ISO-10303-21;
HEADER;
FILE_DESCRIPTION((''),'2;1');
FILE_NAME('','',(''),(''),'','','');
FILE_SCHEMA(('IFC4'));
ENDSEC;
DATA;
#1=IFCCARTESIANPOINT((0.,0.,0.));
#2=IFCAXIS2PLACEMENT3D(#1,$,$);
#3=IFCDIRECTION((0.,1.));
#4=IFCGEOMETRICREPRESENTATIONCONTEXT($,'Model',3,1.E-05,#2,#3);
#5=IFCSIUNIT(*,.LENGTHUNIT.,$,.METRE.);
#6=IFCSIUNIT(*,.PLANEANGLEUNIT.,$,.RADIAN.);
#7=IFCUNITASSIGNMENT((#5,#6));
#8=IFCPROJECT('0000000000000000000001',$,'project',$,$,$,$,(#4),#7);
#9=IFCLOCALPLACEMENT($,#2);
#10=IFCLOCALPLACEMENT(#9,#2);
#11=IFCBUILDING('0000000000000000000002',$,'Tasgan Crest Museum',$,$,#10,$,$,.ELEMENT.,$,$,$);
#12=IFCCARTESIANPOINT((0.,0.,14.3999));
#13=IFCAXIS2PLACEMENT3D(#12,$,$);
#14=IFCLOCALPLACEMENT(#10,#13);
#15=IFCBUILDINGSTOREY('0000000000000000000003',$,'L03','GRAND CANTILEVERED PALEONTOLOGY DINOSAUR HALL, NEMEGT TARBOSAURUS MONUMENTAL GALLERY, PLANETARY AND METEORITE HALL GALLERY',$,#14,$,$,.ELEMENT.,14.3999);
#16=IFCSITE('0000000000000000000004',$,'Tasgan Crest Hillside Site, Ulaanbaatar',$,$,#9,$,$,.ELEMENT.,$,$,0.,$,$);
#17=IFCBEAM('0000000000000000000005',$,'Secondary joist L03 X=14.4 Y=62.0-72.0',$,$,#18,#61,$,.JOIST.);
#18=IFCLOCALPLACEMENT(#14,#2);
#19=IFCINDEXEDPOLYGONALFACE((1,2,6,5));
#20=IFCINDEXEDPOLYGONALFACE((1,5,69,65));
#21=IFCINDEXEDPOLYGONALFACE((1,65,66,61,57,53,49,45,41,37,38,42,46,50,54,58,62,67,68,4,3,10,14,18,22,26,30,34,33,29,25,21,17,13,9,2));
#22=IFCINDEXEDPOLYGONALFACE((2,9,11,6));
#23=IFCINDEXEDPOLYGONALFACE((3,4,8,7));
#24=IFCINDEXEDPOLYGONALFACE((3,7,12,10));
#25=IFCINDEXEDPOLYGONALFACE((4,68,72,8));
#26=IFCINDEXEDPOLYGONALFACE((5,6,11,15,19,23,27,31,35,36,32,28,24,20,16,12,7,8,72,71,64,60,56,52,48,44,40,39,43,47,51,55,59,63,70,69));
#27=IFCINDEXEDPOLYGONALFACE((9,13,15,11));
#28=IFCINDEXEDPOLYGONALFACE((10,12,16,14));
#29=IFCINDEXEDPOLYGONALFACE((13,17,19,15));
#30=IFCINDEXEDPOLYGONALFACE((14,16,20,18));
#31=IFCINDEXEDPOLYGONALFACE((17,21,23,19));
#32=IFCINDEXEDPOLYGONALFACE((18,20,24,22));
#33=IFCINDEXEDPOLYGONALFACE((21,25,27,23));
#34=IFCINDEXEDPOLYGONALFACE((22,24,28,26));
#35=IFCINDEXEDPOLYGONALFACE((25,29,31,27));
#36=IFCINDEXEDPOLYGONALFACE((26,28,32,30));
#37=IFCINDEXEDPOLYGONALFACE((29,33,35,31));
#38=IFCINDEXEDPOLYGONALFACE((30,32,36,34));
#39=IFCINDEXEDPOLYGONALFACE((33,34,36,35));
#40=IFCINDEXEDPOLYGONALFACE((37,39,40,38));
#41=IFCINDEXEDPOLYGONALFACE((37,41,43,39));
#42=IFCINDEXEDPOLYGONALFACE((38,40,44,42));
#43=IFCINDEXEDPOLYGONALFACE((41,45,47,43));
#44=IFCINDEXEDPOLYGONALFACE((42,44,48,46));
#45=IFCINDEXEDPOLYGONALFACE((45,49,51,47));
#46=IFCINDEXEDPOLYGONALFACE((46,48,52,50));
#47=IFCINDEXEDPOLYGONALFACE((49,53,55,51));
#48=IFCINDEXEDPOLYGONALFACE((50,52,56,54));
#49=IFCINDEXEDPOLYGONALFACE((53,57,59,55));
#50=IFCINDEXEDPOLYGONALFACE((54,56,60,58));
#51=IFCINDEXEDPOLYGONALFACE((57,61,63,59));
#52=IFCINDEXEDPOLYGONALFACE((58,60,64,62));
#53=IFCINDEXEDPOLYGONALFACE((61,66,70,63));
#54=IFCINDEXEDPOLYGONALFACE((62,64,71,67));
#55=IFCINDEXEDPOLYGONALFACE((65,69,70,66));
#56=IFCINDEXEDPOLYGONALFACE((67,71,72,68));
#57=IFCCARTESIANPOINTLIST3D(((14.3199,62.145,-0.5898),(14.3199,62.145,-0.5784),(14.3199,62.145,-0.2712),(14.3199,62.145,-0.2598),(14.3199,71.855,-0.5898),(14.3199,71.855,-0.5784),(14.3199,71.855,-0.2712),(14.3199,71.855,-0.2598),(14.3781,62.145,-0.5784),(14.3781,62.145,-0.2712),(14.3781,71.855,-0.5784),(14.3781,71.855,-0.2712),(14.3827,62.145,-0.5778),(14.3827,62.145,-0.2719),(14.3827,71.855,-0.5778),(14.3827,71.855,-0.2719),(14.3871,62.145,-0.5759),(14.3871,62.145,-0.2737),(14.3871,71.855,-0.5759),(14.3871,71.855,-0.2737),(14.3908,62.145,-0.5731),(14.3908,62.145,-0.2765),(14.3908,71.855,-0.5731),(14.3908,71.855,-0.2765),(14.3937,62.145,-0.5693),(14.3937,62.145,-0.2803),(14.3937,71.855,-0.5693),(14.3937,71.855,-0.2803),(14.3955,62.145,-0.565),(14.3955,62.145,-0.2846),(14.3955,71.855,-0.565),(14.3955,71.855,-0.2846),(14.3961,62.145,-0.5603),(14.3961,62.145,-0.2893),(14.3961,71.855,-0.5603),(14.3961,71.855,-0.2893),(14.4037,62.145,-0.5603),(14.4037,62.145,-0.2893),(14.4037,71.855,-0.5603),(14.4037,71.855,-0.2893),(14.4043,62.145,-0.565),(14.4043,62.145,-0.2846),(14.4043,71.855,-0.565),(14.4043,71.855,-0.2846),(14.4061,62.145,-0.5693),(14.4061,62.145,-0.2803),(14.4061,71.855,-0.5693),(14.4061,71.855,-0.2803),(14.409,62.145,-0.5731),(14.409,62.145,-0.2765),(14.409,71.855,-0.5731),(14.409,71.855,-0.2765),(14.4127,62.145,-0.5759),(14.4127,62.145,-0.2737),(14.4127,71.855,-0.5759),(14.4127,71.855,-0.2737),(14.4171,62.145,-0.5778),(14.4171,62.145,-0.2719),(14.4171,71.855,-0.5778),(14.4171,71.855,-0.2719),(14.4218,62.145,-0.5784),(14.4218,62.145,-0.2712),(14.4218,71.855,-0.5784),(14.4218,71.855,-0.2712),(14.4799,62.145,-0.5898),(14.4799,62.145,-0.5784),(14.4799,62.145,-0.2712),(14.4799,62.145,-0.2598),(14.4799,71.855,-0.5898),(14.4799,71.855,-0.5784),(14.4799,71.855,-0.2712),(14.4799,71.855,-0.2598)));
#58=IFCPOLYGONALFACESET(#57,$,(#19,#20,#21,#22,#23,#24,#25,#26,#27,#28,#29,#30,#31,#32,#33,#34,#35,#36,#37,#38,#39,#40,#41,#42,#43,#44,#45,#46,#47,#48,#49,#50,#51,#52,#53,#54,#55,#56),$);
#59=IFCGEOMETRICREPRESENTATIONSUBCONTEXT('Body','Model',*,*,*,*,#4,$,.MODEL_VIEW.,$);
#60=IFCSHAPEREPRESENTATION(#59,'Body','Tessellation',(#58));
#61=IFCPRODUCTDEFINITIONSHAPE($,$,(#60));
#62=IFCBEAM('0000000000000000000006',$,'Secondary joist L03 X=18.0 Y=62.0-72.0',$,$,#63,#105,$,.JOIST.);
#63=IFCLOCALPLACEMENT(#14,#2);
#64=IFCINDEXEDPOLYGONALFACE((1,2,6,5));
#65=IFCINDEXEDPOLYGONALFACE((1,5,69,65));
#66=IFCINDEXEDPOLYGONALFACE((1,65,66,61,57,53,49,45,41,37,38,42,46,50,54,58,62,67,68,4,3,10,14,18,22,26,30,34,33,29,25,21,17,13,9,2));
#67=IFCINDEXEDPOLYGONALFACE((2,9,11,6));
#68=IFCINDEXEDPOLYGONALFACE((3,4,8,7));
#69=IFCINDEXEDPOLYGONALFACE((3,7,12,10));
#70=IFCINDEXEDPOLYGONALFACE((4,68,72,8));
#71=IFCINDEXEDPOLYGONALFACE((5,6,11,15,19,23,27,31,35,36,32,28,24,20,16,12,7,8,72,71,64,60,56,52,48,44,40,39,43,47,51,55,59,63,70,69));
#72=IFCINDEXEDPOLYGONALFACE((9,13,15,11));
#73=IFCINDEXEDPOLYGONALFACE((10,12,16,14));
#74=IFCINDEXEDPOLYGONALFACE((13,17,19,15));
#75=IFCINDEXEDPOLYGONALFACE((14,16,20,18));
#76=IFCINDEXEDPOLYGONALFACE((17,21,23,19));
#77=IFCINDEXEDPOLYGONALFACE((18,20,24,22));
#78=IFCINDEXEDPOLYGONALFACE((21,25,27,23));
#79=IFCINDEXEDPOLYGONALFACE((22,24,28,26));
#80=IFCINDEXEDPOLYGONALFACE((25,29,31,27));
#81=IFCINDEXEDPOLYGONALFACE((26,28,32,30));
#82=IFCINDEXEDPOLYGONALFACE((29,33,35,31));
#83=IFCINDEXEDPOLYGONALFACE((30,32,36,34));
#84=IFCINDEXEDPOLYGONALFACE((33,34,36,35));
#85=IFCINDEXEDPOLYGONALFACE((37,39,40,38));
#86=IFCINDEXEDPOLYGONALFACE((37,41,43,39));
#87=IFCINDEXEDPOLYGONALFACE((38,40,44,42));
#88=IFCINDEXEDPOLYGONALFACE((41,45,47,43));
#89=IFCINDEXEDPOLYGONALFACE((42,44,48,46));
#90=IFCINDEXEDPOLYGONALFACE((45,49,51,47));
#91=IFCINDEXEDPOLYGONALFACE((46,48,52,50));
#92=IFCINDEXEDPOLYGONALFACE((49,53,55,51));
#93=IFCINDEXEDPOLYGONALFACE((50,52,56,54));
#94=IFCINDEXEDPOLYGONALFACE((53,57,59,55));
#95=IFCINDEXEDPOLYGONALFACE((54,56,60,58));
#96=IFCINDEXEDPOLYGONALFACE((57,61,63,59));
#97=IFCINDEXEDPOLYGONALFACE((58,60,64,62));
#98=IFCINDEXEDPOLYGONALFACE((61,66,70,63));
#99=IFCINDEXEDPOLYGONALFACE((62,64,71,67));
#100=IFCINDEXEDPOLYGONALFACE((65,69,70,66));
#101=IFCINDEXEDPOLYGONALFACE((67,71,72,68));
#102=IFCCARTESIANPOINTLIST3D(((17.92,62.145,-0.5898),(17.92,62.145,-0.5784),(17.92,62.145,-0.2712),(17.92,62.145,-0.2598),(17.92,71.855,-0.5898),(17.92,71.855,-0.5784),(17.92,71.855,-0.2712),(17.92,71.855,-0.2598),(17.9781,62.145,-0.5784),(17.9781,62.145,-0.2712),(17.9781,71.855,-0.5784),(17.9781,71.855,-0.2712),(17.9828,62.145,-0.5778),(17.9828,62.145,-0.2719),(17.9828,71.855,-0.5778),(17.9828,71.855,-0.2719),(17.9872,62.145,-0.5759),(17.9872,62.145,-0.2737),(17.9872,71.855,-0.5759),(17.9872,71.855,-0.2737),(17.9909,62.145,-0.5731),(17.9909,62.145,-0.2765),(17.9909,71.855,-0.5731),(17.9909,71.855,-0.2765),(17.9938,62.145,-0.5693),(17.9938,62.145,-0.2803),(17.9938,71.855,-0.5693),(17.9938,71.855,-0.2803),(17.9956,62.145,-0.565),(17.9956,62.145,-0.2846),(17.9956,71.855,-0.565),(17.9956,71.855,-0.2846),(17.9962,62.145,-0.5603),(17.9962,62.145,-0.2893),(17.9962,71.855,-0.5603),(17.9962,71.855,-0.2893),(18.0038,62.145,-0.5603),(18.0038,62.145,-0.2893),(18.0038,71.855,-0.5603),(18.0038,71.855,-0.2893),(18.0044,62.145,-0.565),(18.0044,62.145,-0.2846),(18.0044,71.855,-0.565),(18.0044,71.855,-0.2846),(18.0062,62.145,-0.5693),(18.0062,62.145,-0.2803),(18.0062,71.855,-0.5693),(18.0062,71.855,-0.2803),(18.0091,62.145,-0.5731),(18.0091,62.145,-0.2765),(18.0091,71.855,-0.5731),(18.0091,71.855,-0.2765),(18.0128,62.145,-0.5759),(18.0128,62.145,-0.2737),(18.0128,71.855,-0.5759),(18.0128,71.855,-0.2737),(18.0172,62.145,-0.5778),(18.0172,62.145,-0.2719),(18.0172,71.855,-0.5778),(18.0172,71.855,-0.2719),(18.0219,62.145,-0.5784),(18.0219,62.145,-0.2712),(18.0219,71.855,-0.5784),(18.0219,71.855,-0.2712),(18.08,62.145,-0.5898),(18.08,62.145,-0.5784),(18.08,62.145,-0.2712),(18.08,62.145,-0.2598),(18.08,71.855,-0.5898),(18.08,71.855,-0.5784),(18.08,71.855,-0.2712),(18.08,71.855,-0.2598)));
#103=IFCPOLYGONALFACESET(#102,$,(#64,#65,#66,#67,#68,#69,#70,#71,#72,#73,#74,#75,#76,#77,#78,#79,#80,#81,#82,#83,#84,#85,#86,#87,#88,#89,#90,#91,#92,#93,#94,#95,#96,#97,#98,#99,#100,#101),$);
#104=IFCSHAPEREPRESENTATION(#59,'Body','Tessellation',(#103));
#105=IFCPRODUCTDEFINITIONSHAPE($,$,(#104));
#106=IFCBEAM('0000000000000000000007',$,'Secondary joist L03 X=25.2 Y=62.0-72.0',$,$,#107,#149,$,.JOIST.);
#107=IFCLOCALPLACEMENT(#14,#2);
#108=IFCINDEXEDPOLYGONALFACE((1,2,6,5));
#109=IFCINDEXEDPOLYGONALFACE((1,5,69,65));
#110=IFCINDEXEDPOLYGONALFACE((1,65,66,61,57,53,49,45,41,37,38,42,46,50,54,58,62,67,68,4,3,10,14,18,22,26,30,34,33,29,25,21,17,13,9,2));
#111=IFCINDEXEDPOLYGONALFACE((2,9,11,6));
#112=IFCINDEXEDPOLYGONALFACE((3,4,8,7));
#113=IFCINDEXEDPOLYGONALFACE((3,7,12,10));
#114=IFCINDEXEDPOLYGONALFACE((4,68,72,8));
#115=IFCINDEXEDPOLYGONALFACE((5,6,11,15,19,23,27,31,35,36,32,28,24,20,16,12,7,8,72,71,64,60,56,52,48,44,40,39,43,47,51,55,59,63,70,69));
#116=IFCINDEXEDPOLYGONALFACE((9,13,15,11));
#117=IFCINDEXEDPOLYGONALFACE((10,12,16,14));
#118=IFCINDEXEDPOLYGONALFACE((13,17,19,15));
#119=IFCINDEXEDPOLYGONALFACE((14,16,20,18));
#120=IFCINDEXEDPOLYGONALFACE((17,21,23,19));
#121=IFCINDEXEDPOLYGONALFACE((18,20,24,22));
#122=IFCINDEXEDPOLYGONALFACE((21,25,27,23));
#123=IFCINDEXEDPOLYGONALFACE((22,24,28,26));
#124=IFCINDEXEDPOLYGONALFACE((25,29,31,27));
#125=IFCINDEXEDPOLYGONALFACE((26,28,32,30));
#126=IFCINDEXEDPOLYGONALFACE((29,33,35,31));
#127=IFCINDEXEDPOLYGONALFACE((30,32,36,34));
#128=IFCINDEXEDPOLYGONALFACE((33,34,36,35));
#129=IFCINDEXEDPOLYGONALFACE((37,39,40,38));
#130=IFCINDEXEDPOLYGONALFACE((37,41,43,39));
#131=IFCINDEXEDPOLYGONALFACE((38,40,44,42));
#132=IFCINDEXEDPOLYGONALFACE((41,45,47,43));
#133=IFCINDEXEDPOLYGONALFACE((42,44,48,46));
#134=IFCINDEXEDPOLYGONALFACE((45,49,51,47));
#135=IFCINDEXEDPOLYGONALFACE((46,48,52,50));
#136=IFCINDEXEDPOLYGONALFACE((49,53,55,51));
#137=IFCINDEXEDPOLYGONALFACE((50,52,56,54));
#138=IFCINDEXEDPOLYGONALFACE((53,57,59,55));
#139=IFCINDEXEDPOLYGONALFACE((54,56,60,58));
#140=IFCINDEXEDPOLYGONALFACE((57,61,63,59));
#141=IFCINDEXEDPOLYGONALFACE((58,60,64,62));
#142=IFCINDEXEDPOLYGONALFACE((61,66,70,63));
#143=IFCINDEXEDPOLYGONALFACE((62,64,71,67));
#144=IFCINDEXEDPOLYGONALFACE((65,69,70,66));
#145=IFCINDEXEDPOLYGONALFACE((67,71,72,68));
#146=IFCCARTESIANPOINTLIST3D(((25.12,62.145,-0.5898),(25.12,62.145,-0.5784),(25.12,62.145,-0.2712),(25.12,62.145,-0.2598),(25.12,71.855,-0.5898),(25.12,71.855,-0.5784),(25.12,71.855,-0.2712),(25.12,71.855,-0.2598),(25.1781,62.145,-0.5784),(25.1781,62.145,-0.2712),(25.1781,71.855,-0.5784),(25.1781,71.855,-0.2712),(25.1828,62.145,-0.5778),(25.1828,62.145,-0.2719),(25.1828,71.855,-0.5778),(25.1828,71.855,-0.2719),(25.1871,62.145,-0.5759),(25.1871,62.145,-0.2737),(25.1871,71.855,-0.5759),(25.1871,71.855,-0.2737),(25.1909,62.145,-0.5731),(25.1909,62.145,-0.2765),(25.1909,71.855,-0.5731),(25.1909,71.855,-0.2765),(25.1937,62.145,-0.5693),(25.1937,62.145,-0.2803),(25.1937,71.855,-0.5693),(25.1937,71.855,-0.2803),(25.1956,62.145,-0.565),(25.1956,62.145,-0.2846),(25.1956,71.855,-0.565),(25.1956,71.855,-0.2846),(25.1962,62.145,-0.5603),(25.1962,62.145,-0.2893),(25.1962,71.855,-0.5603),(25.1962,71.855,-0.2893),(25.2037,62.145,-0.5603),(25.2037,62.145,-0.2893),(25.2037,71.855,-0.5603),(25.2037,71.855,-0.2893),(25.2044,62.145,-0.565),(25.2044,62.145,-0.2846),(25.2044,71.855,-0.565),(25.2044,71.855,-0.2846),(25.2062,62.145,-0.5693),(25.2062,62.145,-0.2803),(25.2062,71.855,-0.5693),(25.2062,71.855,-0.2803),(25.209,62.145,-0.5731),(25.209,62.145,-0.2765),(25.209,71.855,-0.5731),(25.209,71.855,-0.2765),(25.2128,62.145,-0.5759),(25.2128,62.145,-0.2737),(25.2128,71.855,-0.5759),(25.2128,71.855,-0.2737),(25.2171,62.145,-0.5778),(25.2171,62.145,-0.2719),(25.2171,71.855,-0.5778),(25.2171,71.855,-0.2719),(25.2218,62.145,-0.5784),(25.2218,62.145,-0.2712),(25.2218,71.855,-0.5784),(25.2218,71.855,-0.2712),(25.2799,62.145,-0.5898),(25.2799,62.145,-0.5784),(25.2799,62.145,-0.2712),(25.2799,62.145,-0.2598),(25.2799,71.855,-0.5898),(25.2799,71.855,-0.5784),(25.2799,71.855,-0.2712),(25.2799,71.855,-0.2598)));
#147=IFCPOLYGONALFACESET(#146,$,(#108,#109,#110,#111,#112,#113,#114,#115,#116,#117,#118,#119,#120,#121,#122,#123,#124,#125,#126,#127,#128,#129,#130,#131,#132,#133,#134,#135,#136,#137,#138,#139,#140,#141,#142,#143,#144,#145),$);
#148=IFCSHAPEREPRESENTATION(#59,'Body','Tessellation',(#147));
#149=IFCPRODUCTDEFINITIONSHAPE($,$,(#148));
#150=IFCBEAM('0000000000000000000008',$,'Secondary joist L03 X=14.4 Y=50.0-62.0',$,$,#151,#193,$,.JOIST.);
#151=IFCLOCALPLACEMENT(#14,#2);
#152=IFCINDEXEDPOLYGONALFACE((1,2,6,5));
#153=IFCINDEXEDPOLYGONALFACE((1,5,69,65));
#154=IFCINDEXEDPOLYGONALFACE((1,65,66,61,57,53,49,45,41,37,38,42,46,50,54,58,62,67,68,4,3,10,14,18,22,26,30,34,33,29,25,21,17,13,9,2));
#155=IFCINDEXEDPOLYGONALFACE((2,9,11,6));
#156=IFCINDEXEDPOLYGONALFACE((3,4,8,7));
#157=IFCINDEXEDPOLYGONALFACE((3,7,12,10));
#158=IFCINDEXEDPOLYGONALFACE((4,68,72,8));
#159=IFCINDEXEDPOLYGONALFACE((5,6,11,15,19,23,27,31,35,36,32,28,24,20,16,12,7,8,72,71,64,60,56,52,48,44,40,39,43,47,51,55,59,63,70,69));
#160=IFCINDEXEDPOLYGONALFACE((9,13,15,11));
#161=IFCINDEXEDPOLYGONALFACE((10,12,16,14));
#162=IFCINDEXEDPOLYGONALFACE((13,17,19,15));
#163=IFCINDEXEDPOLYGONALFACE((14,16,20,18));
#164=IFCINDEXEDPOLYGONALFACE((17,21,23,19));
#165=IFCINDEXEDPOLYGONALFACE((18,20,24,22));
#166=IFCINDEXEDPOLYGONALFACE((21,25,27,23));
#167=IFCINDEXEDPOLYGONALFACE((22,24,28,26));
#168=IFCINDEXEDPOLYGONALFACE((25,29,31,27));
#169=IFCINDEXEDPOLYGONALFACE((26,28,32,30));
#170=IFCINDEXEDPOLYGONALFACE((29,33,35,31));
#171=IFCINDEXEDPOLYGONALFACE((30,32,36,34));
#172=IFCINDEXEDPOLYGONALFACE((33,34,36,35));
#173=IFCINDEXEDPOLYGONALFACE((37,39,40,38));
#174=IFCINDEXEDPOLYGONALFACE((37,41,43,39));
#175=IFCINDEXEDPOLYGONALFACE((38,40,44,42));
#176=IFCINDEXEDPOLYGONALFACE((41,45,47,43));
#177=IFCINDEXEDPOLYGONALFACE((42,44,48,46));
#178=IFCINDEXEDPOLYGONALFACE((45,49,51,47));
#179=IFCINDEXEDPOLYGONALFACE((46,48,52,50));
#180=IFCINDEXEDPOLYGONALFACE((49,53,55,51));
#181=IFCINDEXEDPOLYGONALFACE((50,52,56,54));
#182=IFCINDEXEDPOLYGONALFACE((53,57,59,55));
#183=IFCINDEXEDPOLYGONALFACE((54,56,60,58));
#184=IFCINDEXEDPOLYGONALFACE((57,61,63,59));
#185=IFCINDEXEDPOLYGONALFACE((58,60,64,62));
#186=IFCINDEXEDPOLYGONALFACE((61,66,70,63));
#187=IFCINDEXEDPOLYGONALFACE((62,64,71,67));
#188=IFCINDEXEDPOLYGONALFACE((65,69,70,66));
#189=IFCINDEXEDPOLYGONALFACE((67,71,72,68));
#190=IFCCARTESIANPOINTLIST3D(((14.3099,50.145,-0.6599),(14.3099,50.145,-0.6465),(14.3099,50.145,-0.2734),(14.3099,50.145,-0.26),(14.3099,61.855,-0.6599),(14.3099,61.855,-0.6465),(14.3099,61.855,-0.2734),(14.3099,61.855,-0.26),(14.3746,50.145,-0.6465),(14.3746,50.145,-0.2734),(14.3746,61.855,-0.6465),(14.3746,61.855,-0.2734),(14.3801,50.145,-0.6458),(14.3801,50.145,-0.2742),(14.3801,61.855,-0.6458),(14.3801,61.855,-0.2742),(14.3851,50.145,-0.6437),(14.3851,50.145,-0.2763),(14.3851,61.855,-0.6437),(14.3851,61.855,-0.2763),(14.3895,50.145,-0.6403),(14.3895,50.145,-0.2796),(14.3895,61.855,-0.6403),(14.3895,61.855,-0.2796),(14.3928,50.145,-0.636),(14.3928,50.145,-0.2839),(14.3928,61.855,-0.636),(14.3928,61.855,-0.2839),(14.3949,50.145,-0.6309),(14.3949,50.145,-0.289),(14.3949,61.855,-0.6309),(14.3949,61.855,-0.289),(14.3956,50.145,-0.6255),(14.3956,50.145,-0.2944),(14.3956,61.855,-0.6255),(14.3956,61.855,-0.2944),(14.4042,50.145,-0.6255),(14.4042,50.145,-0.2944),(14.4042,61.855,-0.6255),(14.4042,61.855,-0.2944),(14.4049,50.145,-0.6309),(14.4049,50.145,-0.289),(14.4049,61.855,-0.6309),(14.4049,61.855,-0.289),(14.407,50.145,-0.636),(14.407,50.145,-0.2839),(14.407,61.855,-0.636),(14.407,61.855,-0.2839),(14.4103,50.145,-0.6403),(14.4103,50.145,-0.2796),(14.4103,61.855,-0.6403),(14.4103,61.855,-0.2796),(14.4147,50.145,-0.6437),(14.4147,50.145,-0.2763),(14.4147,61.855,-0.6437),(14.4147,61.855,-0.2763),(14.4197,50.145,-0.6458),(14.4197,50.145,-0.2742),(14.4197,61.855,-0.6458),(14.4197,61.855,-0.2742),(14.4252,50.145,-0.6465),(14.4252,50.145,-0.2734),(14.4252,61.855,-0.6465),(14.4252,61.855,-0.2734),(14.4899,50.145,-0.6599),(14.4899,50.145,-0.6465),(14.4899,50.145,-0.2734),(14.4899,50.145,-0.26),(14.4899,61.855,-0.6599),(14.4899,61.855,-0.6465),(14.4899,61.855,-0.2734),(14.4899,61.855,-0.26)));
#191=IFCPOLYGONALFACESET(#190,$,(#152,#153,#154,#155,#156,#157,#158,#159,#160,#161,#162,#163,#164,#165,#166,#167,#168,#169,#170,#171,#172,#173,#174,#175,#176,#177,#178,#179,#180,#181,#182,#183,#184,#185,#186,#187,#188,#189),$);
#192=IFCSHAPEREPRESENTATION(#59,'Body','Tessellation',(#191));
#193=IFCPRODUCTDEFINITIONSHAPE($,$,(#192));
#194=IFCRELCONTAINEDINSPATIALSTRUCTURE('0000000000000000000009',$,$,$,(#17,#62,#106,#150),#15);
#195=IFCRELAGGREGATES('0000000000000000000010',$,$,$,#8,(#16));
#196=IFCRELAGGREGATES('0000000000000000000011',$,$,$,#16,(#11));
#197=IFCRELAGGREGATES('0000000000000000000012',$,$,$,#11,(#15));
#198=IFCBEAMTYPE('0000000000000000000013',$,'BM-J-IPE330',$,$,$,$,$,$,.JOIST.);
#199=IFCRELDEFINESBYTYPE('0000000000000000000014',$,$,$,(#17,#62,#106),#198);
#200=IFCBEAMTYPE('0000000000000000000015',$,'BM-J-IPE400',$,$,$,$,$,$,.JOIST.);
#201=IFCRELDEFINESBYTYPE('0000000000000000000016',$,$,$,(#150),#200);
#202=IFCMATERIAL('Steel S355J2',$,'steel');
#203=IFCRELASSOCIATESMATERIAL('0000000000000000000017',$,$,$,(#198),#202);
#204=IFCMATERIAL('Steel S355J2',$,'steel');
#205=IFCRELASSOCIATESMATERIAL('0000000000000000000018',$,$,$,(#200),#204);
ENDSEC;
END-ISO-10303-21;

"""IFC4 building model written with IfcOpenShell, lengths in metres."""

from ifc_helpers import new_model, si_unit, direction, frame, origin, origin_2d, place, context, subcontext, project, spatial, i_section, extrude, material, material_profile, profile_set, type_object, element, save


model = new_model("IFC4")

# Units and contexts
model_context = context("Model", 3, precision=1e-05, world=origin(), true_north=direction((0.0, 1.0)))
body_context = subcontext(model_context, "Body", "Model", "MODEL_VIEW")
ifc_project = project(units=[si_unit("LENGTHUNIT", "METRE"), si_unit("PLANEANGLEUNIT", "RADIAN")], contexts=[model_context])

# Site, building, storey
site_placement = place(None, origin())
site = spatial("IfcSite", under=ifc_project, at=site_placement, Name="Tasgan Crest Hillside Site, Ulaanbaatar", CompositionType="ELEMENT", RefElevation=0.0)
building_placement = place(site_placement, origin())
building = spatial("IfcBuilding", under=site, at=building_placement, Name="Tasgan Crest Museum", CompositionType="ELEMENT")
storey_placement = place(building_placement, frame((0.0, 0.0, 14.3999)))
storey = spatial("IfcBuildingStorey", under=building, at=storey_placement, Name="L03", Description="GRAND CANTILEVERED PALEONTOLOGY DINOSAUR HALL, NEMEGT TARBOSAURUS MONUMENTAL GALLERY, PLANETARY AND METEORITE HALL GALLERY", CompositionType="ELEMENT", Elevation=14.3999)

# Beams
ifc_material_1 = material(Name="Steel S355J2", Category="steel")
ifc_material_profile_1 = material_profile(ifc_material_1, i_section(OverallWidth=0.1599, OverallDepth=0.3301, WebThickness=0.0076, FlangeThickness=0.0115, FilletRadius=0.0181, at=origin_2d()), Name="IPE 330")
ifc_profile_set_1 = profile_set([ifc_material_profile_1], Name="Steel S355J2")
beam_type_1 = type_object("IfcBeamType", Name="BM-J-IPE330", PredefinedType="JOIST", material=ifc_profile_set_1)
for number, where, z_axis, x_axis, name in (
    (1, (14.3999, 62.145, -0.4248), (0.0, 1.0, 0.0), (-1.0, 0.0, 0.0), "Secondary joist L03 X=14.4 Y=62.0-72.0"),
    (2, (18.0, 62.145, -0.4248), (0.0, 1.0, 0.0), (-1.0, 0.0, 0.0), "Secondary joist L03 X=18.0 Y=62.0-72.0"),
    (3, (25.2, 62.145, -0.4248), (0.0, 1.0, 0.0), (-1.0, 0.0, 0.0), "Secondary joist L03 X=25.2 Y=62.0-72.0"),
):
    element("IfcBeam", number, at=place(storey_placement, frame(where, z_axis=z_axis, x_axis=x_axis)), inside=storey, type_object=beam_type_1, Name=name, PredefinedType="JOIST", context=body_context, shape_type="SweptSolid", body=[
        extrude(i_section(OverallWidth=0.1599, OverallDepth=0.3301, WebThickness=0.0076, FlangeThickness=0.0115, FilletRadius=0.0181, at=origin_2d()), origin(), (0.0, 0.0, 1.0), 9.71),
    ])
ifc_material_2 = material(Name="Steel S355J2", Category="steel")
ifc_material_profile_2 = material_profile(ifc_material_2, i_section(OverallWidth=0.1799, OverallDepth=0.3999, WebThickness=0.0085, FlangeThickness=0.0134, FilletRadius=0.021, at=origin_2d()), Name="IPE 400")
ifc_profile_set_2 = profile_set([ifc_material_profile_2], Name="Steel S355J2")
beam_type_2 = type_object("IfcBeamType", Name="BM-J-IPE400", PredefinedType="JOIST", material=ifc_profile_set_2)
for number, where, z_axis, x_axis, name in (
    (4, (14.3999, 50.145, -0.46), (0.0, 1.0, 0.0), (-1.0, 0.0, 0.0), "Secondary joist L03 X=14.4 Y=50.0-62.0"),
):
    element("IfcBeam", number, at=place(storey_placement, frame(where, z_axis=z_axis, x_axis=x_axis)), inside=storey, type_object=beam_type_2, Name=name, PredefinedType="JOIST", context=body_context, shape_type="SweptSolid", body=[
        extrude(i_section(OverallWidth=0.1799, OverallDepth=0.3999, WebThickness=0.0085, FlangeThickness=0.0134, FilletRadius=0.021, at=origin_2d()), origin(), (0.0, 0.0, 1.0), 11.71),
    ])

save(model, "model.ifc")
